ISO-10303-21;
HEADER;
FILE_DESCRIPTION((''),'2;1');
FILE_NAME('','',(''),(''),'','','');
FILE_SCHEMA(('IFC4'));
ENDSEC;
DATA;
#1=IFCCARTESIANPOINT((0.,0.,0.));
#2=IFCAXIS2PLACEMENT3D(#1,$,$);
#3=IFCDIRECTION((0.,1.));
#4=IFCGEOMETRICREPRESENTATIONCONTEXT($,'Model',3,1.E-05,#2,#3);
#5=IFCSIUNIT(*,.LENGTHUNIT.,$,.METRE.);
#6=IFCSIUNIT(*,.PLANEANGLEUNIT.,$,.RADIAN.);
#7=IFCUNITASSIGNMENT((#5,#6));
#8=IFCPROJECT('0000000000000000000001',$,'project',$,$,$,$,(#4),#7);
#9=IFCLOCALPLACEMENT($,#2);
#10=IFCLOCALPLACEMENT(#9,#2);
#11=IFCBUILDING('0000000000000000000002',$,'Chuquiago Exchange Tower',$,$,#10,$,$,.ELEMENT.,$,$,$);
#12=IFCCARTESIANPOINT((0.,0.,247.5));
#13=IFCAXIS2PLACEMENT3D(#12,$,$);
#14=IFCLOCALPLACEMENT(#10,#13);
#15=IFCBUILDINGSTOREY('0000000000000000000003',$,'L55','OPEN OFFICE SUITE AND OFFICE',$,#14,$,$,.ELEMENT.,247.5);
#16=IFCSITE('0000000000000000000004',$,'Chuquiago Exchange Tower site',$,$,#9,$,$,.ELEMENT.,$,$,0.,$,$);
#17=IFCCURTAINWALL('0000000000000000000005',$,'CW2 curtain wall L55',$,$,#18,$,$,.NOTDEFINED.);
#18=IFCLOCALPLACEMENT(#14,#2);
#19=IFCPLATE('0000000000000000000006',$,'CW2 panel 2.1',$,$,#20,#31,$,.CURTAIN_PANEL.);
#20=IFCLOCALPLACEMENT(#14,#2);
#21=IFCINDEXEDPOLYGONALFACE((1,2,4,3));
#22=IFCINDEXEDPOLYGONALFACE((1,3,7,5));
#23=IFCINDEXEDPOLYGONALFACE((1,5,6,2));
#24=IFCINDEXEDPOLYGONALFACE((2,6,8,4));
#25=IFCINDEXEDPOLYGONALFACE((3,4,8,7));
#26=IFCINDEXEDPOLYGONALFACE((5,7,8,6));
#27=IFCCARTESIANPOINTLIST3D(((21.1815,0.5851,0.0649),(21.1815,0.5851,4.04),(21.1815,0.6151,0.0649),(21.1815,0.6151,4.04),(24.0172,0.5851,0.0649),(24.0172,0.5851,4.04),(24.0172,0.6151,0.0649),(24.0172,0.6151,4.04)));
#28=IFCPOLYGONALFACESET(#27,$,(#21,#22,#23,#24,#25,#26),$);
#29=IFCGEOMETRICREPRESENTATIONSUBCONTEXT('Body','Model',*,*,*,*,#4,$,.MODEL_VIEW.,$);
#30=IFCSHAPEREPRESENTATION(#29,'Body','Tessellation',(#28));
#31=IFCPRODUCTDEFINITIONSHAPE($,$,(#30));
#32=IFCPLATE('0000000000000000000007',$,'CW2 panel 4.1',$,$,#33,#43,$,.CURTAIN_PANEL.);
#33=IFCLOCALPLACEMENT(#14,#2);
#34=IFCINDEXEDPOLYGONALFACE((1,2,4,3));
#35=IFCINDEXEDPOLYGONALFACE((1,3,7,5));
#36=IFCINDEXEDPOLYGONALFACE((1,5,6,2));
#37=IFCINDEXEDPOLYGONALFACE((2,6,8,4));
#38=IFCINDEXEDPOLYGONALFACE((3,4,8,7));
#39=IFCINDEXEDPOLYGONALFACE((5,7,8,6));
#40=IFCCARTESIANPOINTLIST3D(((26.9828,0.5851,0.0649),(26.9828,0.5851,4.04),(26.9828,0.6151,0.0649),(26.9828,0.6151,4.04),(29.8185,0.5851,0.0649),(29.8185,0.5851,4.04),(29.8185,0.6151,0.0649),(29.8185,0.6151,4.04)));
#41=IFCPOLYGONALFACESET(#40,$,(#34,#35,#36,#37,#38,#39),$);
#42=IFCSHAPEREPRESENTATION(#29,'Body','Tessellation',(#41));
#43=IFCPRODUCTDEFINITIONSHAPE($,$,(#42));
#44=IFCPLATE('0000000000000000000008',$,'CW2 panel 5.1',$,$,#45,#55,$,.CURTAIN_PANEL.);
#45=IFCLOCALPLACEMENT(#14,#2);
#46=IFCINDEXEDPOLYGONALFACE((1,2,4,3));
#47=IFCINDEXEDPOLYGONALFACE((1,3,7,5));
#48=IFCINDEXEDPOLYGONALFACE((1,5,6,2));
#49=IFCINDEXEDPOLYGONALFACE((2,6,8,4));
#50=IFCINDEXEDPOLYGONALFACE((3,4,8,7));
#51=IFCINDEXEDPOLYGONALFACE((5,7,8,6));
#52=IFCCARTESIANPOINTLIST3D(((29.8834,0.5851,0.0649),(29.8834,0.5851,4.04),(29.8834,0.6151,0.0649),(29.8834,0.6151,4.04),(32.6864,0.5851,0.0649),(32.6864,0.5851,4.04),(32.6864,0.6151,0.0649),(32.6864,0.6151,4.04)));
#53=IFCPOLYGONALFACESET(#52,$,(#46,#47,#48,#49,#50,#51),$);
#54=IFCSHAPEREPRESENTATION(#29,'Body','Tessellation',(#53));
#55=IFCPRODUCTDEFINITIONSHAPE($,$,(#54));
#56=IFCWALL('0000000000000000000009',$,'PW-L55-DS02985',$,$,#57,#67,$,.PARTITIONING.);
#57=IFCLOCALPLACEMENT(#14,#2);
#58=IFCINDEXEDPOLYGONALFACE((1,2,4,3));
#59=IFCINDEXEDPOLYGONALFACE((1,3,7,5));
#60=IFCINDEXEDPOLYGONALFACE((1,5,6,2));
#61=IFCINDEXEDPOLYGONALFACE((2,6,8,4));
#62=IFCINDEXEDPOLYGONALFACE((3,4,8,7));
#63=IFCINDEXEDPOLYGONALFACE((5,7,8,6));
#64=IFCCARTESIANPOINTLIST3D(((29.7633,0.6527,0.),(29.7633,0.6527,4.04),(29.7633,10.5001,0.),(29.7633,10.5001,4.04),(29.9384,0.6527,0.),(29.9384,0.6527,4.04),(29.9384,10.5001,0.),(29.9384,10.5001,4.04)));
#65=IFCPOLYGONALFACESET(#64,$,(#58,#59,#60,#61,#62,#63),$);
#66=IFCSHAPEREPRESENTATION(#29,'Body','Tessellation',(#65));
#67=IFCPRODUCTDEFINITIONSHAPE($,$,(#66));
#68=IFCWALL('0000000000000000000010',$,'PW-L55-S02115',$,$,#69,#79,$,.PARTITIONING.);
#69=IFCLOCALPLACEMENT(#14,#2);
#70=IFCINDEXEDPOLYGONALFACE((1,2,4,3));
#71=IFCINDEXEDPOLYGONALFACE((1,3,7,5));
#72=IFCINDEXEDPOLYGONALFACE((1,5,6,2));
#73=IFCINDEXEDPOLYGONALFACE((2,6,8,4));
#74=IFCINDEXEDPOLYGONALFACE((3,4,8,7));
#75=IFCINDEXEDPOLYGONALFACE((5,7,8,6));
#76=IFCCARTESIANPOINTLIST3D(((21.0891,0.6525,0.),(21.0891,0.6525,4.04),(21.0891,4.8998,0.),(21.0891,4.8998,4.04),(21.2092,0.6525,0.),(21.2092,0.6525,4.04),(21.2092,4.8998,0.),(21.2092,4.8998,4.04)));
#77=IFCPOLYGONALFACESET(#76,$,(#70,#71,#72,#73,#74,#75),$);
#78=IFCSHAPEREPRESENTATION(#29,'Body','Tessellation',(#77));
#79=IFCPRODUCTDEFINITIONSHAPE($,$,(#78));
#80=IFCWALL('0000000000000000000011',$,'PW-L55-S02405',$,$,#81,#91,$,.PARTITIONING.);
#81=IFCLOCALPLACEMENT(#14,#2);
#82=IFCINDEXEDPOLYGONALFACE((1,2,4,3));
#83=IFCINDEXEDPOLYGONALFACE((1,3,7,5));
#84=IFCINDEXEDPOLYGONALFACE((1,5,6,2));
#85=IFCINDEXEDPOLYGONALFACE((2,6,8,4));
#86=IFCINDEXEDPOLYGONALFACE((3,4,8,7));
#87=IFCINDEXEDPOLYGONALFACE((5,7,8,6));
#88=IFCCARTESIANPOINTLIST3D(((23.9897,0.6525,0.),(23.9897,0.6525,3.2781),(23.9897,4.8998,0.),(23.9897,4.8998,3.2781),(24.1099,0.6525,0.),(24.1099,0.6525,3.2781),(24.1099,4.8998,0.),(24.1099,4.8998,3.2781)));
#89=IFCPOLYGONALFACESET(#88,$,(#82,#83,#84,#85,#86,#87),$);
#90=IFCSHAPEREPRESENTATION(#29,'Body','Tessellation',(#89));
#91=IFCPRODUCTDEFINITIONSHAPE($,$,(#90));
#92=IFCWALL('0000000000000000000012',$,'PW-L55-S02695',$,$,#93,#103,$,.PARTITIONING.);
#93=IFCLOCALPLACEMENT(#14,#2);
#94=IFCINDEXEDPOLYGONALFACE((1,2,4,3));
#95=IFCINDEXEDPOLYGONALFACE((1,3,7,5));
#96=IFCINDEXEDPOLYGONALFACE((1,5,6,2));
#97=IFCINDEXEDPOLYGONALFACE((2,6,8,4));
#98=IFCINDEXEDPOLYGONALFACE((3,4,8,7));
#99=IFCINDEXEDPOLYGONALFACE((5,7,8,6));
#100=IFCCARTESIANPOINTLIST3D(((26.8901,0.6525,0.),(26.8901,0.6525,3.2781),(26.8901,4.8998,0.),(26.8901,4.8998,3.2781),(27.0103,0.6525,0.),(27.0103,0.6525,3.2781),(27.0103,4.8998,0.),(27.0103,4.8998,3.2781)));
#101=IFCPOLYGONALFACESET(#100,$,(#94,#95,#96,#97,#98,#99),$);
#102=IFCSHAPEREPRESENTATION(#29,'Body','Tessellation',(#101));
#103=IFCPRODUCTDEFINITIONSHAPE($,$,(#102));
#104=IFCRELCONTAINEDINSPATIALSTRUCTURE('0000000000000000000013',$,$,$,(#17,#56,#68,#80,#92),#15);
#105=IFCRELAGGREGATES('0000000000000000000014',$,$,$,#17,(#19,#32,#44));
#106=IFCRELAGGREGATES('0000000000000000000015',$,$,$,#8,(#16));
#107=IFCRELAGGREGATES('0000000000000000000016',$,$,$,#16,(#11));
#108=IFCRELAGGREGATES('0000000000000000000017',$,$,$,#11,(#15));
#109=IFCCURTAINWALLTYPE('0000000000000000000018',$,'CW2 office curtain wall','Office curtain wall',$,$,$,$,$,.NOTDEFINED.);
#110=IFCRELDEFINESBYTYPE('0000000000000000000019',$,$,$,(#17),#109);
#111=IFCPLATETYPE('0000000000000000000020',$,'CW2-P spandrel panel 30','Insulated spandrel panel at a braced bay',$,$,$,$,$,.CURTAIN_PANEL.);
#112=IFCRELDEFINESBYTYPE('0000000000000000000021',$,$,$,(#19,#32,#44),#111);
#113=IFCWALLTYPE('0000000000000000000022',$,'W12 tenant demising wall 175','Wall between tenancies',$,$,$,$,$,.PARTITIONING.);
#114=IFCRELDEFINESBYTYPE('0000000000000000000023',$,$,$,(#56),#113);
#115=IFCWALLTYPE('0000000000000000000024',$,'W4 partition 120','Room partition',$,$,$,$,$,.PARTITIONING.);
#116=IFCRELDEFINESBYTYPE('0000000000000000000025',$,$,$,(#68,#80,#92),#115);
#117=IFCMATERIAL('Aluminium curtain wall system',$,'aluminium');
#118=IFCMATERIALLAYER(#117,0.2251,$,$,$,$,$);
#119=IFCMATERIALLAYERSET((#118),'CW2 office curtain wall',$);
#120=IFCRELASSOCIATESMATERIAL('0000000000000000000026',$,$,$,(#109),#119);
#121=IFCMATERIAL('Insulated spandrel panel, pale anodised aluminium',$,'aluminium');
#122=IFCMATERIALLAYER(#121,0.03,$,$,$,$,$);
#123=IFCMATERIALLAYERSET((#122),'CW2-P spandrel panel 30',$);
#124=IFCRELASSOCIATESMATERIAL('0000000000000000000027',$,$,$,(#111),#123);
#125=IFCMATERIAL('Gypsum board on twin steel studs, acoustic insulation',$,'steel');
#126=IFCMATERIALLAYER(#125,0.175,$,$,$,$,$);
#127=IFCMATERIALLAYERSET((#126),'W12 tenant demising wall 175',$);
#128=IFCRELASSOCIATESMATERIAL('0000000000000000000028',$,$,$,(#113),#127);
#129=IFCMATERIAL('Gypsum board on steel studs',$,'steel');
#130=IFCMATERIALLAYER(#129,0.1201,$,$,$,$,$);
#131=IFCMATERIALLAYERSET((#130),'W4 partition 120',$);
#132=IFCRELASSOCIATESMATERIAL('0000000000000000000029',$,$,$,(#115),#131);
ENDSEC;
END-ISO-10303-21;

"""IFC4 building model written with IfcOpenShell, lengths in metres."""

from ifc_helpers import new_model, si_unit, direction, frame, frame_2d, origin, origin_2d, place, context, subcontext, project, spatial, rectangle, extrude, material, layer, layer_set, type_object, element, aggregate, save


model = new_model("IFC4")

# Units and contexts
model_context = context("Model", 3, precision=1e-05, world=origin(), true_north=direction((0.0, 1.0)))
body_context = subcontext(model_context, "Body", "Model", "MODEL_VIEW")
ifc_project = project(units=[si_unit("LENGTHUNIT", "METRE"), si_unit("PLANEANGLEUNIT", "RADIAN")], contexts=[model_context])

# Site, building, storey
site_placement = place(None, origin())
site = spatial("IfcSite", under=ifc_project, at=site_placement, Name="Chuquiago Exchange Tower site", CompositionType="ELEMENT", RefElevation=0.0)
building_placement = place(site_placement, origin())
building = spatial("IfcBuilding", under=site, at=building_placement, Name="Chuquiago Exchange Tower", CompositionType="ELEMENT")
storey_placement = place(building_placement, frame((0.0, 0.0, 247.5)))
storey = spatial("IfcBuildingStorey", under=building, at=storey_placement, Name="L55", Description="OPEN OFFICE SUITE AND OFFICE", CompositionType="ELEMENT", Elevation=247.5)

# Curtain wall
ifc_material_1 = material(Name="Aluminium curtain wall system", Category="aluminium")
ifc_layer_1 = layer(ifc_material_1, 0.2251)
ifc_layer_set_1 = layer_set([ifc_layer_1], Name="CW2 office curtain wall")
curtain_wall_type_1 = type_object("IfcCurtainWallType", Name="CW2 office curtain wall", Description="Office curtain wall", PredefinedType="NOTDEFINED", material=ifc_layer_set_1)
curtain_wall_1_placement = place(storey_placement, origin())
curtain_wall_1 = element("IfcCurtainWall", 1, at=curtain_wall_1_placement, inside=storey, type_object=curtain_wall_type_1, Name="CW2 curtain wall L55", PredefinedType="NOTDEFINED")

# Plates
ifc_material_2 = material(Name="Insulated spandrel panel, pale anodised aluminium", Category="aluminium")
ifc_layer_2 = layer(ifc_material_2, 0.03)
ifc_layer_set_2 = layer_set([ifc_layer_2], Name="CW2-P spandrel panel 30")
plate_type_1 = type_object("IfcPlateType", Name="CW2-P spandrel panel 30", Description="Insulated spandrel panel at a braced bay", PredefinedType="CURTAIN_PANEL", material=ifc_layer_set_2)
plate_1_placement = place(storey_placement, frame((22.5994, 0.6001, 0.0649), z_axis=(0.0, 0.0, 1.0), x_axis=(1.0, 0.0, 0.0)))
plate_1 = element("IfcPlate", 2, at=plate_1_placement, type_object=plate_type_1, Name="CW2 panel 2.1", PredefinedType="CURTAIN_PANEL", context=body_context, shape_type="SweptSolid", body=[
    extrude(rectangle(XDim=2.8357, YDim=0.03, at=origin_2d()), origin(), (0.0, 0.0, 1.0), 3.9751),
])
plate_2_placement = place(storey_placement, frame((28.4006, 0.6001, 0.0649), z_axis=(0.0, 0.0, 1.0), x_axis=(1.0, 0.0, 0.0)))
plate_2 = element("IfcPlate", 3, at=plate_2_placement, type_object=plate_type_1, Name="CW2 panel 4.1", PredefinedType="CURTAIN_PANEL", context=body_context, shape_type="SweptSolid", body=[
    extrude(rectangle(XDim=2.8357, YDim=0.03, at=origin_2d()), origin(), (0.0, 0.0, 1.0), 3.9751),
])
plate_3_placement = place(storey_placement, frame((31.2849, 0.6001, 0.0649), z_axis=(0.0, 0.0, 1.0), x_axis=(1.0, 0.0, 0.0)))
plate_3 = element("IfcPlate", 4, at=plate_3_placement, type_object=plate_type_1, Name="CW2 panel 5.1", PredefinedType="CURTAIN_PANEL", context=body_context, shape_type="SweptSolid", body=[
    extrude(rectangle(XDim=2.803, YDim=0.03, at=origin_2d()), origin(), (0.0, 0.0, 1.0), 3.9751),
])
aggregate(curtain_wall_1, [plate_1, plate_2, plate_3])

# Walls
ifc_material_3 = material(Name="Gypsum board on twin steel studs, acoustic insulation", Category="steel")
ifc_layer_3 = layer(ifc_material_3, 0.175)
ifc_layer_set_3 = layer_set([ifc_layer_3], Name="W12 tenant demising wall 175")
wall_type_1 = type_object("IfcWallType", Name="W12 tenant demising wall 175", Description="Wall between tenancies", PredefinedType="PARTITIONING", material=ifc_layer_set_3)
wall_1_placement = place(storey_placement, frame((29.8508, 0.6526, 0.0), z_axis=(0.0, 0.0, 1.0), x_axis=(0.0, 1.0, 0.0)))
element("IfcWall", 5, at=wall_1_placement, inside=storey, type_object=wall_type_1, Name="PW-L55-DS02985", PredefinedType="PARTITIONING", context=body_context, shape_type="SweptSolid", body=[
    extrude(rectangle(XDim=9.8474, YDim=0.175, at=frame_2d((4.9238, 0.0))), origin(), (0.0, 0.0, 1.0), 4.04),
])
ifc_material_4 = material(Name="Gypsum board on steel studs", Category="steel")
ifc_layer_4 = layer(ifc_material_4, 0.1201)
ifc_layer_set_4 = layer_set([ifc_layer_4], Name="W4 partition 120")
wall_type_2 = type_object("IfcWallType", Name="W4 partition 120", Description="Room partition", PredefinedType="PARTITIONING", material=ifc_layer_set_4)
wall_2_placement = place(storey_placement, frame((21.1492, 0.6526, 0.0), z_axis=(0.0, 0.0, 1.0), x_axis=(0.0, 1.0, 0.0)))
element("IfcWall", 6, at=wall_2_placement, inside=storey, type_object=wall_type_2, Name="PW-L55-S02115", PredefinedType="PARTITIONING", context=body_context, shape_type="SweptSolid", body=[
    extrude(rectangle(XDim=4.2473, YDim=0.1201, at=frame_2d((2.1235, 0.0))), origin(), (0.0, 0.0, 1.0), 4.04),
])
for number, where, z_axis, x_axis, name in (
    (7, (24.0498, 0.6526, 0.0), (0.0, 0.0, 1.0), (0.0, 1.0, 0.0), "PW-L55-S02405"),
    (8, (26.9502, 0.6526, 0.0), (0.0, 0.0, 1.0), (0.0, 1.0, 0.0), "PW-L55-S02695"),
):
    element("IfcWall", number, at=place(storey_placement, frame(where, z_axis=z_axis, x_axis=x_axis)), inside=storey, type_object=wall_type_2, Name=name, PredefinedType="PARTITIONING", context=body_context, shape_type="SweptSolid", body=[
        extrude(rectangle(XDim=4.2473, YDim=0.1201, at=frame_2d((2.1235, 0.0))), origin(), (0.0, 0.0, 1.0), 3.2781),
    ])

save(model, "model.ifc")
